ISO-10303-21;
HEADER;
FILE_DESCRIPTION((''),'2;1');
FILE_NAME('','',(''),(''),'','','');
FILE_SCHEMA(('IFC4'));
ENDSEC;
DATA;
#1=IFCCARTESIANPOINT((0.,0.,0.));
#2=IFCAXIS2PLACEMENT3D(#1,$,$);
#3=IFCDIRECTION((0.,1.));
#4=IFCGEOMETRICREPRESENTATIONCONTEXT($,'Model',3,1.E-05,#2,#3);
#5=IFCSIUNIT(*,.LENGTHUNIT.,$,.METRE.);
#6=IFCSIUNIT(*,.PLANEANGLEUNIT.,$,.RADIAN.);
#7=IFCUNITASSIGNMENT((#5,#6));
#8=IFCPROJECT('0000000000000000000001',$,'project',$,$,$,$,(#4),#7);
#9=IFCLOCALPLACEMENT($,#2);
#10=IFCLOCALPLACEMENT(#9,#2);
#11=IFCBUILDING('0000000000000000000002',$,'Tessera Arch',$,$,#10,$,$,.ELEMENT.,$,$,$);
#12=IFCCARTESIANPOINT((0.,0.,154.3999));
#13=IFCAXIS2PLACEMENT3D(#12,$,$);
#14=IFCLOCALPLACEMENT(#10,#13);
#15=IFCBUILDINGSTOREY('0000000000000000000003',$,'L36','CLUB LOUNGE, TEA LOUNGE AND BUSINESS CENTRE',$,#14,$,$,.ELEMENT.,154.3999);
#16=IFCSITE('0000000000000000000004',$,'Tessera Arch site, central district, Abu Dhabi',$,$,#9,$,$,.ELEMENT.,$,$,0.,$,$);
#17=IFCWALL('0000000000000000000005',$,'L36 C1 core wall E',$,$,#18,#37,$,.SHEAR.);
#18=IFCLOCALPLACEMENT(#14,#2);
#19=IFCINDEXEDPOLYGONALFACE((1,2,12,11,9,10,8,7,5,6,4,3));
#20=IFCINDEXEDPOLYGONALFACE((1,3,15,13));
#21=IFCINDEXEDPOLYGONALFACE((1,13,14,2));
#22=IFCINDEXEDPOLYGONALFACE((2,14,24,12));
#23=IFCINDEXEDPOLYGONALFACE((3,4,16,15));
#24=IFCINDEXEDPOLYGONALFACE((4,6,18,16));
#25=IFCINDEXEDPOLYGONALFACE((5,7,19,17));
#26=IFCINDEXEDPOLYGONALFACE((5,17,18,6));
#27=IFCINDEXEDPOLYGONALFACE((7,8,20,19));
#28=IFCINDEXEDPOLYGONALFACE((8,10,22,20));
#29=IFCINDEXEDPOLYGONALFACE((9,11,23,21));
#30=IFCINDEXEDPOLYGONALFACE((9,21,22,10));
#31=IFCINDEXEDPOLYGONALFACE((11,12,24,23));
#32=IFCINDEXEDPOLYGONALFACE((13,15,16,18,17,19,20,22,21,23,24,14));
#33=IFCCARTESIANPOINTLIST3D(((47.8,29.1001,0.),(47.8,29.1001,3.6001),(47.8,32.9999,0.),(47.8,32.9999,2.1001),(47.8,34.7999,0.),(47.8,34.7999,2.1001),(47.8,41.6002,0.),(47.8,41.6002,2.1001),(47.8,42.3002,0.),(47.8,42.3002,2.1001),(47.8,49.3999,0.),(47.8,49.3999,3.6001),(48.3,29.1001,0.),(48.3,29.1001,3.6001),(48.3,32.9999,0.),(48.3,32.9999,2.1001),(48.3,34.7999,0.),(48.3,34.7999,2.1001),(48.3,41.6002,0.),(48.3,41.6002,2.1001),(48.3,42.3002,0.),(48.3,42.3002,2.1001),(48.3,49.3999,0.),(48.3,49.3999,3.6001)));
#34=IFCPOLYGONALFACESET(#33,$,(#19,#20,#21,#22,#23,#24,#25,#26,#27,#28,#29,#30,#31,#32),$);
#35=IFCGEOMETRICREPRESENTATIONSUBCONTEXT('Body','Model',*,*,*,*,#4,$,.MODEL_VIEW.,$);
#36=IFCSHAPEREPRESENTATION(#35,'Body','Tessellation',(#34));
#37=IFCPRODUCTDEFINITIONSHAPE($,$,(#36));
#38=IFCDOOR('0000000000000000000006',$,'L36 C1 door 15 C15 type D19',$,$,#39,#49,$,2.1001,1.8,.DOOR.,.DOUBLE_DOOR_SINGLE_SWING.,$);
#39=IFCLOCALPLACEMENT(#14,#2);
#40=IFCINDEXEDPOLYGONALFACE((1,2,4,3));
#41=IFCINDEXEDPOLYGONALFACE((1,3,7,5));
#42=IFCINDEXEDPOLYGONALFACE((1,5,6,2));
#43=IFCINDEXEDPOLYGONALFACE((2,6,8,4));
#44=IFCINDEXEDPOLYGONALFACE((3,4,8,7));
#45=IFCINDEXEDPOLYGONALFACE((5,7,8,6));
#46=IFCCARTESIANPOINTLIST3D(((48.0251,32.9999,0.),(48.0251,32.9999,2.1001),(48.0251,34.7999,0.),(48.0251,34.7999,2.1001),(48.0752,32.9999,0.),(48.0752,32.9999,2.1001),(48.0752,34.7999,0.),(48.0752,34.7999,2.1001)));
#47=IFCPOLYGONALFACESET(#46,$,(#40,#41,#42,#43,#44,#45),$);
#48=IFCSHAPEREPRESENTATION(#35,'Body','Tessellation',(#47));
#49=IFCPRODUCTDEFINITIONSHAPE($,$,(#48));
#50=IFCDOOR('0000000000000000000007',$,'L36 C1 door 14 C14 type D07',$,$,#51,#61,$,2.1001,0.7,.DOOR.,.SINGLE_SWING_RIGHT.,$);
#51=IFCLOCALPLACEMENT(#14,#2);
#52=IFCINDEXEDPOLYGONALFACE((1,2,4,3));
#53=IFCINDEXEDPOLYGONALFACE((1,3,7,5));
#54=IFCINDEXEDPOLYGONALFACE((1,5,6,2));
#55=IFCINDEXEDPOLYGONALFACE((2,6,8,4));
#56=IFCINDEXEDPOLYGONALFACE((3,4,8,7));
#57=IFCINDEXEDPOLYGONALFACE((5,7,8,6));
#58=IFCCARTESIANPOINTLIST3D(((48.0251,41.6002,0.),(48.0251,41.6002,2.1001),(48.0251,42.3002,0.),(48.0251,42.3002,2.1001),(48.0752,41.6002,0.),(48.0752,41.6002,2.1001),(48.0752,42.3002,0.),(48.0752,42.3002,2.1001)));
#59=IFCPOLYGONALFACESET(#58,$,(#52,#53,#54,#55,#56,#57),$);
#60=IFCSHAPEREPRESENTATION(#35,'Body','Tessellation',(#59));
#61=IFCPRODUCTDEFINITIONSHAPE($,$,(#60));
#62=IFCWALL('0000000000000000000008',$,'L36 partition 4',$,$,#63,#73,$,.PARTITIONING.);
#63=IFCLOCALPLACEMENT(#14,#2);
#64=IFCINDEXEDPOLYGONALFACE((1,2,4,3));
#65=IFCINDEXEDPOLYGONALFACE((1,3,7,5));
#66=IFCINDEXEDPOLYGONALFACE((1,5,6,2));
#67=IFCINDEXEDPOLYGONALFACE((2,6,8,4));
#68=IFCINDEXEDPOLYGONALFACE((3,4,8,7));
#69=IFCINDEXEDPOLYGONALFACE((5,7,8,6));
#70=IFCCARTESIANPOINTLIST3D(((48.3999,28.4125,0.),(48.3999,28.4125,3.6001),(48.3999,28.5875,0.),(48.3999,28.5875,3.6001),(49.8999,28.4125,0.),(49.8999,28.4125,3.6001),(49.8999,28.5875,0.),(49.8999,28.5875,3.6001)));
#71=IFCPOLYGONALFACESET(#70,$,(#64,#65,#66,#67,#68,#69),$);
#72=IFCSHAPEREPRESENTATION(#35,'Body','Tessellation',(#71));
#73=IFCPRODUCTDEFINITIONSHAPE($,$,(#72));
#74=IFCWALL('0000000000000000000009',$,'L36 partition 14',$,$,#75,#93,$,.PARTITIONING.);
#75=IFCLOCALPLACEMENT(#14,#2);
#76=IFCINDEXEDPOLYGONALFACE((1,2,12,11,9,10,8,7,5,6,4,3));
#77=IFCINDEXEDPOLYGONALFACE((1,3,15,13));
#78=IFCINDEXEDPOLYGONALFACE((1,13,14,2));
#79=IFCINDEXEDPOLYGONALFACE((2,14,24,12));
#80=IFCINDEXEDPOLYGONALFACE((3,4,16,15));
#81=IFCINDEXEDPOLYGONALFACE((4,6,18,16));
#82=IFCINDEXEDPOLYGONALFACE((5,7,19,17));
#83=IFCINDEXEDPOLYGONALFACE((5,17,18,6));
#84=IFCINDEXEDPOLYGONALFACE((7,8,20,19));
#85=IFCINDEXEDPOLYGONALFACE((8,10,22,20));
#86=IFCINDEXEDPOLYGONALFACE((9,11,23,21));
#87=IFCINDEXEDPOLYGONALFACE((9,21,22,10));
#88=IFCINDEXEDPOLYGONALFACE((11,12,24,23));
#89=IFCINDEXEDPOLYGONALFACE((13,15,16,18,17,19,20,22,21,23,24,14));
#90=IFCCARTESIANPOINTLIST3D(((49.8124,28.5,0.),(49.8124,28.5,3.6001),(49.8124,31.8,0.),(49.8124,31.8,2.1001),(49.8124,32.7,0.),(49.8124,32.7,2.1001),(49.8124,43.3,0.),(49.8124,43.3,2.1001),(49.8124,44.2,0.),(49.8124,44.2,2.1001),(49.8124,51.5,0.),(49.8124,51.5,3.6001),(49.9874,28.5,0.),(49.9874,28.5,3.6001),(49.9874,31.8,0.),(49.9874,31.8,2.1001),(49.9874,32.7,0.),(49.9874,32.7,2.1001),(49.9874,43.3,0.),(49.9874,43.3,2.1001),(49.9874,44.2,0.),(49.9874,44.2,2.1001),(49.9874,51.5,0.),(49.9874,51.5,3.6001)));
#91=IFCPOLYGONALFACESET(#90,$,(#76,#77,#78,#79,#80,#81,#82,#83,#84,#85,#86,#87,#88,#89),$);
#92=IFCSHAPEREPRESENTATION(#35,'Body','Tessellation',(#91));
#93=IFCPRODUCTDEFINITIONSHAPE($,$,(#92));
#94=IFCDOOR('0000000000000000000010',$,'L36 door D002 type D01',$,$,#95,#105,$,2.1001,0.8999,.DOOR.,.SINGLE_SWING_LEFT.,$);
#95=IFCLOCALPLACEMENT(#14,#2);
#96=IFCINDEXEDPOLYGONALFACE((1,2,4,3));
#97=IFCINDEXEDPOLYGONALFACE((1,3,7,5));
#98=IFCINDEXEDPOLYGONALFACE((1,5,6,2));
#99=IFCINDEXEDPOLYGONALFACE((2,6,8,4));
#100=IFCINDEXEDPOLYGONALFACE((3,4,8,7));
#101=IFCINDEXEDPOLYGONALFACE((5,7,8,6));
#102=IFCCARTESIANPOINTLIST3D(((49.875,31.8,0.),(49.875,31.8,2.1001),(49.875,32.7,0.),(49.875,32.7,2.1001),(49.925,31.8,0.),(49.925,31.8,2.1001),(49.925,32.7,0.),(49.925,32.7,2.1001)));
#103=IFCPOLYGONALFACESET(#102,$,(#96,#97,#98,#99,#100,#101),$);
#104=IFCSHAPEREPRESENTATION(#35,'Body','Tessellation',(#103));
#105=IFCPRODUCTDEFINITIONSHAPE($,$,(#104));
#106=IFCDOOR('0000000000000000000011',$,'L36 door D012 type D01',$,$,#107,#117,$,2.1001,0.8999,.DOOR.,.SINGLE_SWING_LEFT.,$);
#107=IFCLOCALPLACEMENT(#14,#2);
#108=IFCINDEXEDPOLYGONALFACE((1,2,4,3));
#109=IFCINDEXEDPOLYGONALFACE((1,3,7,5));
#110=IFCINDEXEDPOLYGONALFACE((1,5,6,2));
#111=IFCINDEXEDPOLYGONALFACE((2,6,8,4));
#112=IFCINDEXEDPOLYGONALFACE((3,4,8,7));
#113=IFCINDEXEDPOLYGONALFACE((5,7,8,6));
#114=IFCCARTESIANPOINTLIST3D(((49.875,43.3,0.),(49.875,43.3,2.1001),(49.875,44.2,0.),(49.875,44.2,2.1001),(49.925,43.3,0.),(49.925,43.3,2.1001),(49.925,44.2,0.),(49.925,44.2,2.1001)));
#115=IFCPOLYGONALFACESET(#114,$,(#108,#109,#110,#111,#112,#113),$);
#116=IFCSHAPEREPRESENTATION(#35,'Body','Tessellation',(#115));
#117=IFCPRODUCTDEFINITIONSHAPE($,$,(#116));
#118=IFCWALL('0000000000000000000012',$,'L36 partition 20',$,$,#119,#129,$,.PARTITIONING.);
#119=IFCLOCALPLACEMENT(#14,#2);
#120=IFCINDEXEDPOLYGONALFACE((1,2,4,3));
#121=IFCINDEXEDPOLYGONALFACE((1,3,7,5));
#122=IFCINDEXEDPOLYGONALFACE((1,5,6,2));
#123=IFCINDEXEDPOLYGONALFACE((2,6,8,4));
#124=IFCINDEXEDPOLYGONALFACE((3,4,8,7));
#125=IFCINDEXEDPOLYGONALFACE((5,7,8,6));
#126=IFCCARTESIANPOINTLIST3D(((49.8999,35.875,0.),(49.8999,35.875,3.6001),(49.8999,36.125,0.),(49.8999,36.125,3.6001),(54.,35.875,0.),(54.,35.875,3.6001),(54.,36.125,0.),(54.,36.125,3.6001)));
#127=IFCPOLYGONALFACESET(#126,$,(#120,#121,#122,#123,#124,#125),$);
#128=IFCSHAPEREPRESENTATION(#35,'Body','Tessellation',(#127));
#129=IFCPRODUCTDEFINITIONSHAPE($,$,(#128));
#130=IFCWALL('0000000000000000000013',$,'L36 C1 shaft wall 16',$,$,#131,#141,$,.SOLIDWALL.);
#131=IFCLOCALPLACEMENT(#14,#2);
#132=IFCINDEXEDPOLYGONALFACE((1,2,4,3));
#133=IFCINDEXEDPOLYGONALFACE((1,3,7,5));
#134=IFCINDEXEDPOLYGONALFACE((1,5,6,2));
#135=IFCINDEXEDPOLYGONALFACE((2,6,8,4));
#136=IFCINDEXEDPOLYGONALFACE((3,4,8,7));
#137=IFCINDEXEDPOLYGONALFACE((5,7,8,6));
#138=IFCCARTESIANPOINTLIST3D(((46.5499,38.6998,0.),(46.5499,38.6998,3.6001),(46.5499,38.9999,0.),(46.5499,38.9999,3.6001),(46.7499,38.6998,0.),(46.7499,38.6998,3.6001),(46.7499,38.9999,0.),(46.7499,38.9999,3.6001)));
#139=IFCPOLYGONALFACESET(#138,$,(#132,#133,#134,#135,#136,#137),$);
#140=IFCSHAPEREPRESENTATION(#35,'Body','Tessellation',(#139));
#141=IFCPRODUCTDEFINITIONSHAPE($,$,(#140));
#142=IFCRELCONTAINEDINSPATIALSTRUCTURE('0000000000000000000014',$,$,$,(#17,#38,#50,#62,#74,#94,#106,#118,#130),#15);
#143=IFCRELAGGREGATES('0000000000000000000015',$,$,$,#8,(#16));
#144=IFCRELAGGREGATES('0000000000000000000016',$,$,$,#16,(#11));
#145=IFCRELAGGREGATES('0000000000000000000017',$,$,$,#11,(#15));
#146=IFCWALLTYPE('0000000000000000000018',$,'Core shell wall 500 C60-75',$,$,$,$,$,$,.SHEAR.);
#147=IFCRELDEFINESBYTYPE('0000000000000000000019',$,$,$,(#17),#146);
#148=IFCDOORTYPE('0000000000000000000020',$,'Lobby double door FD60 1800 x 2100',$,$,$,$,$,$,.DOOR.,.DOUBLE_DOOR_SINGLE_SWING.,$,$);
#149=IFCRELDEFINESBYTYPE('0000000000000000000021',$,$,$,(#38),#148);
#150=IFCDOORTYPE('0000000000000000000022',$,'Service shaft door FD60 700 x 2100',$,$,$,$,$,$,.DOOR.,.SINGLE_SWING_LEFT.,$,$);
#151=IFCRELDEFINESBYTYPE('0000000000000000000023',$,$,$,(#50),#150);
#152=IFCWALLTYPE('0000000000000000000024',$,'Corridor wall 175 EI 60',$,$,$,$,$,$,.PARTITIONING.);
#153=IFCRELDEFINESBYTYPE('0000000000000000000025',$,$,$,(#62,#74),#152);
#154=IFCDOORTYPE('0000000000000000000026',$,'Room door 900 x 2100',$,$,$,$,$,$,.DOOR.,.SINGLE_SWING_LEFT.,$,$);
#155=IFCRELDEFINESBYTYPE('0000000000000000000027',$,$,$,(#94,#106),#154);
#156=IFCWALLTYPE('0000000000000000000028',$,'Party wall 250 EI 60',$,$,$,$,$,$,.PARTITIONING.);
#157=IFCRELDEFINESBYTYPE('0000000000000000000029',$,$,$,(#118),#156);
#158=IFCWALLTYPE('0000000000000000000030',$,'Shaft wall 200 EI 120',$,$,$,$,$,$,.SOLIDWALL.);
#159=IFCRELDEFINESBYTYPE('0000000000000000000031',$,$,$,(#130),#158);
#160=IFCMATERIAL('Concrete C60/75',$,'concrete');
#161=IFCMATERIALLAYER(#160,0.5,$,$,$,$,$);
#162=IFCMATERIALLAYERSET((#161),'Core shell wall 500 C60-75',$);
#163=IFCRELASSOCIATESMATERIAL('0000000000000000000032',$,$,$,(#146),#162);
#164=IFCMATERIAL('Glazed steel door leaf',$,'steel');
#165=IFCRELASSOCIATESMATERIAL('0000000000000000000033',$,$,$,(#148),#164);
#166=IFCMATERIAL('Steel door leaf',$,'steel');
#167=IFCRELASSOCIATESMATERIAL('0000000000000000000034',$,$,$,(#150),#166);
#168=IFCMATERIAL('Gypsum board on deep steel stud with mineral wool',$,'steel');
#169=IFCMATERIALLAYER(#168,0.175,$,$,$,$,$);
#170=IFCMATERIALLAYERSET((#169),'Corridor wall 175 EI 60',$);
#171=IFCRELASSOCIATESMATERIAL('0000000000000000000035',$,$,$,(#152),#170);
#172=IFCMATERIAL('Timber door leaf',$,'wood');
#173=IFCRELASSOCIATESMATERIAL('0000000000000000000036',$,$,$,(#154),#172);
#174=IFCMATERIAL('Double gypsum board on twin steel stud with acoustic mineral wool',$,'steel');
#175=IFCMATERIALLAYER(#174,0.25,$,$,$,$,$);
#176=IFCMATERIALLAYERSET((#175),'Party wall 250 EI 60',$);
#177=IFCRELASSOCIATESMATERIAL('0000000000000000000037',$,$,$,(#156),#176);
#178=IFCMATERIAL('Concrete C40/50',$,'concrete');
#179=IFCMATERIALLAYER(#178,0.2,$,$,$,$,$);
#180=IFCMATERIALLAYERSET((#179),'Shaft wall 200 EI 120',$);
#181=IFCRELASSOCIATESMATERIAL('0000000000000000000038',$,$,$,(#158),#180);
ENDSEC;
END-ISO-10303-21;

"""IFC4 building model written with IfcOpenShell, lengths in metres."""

from ifc_helpers import new_model, si_unit, direction, frame, frame_2d, origin, place, context, subcontext, project, spatial, rectangle, extrude, material, layer, layer_set, type_object, element, fill, save


model = new_model("IFC4")

# Units and contexts
model_context = context("Model", 3, precision=1e-05, world=origin(), true_north=direction((0.0, 1.0)))
body_context = subcontext(model_context, "Body", "Model", "MODEL_VIEW")
ifc_project = project(units=[si_unit("LENGTHUNIT", "METRE"), si_unit("PLANEANGLEUNIT", "RADIAN")], contexts=[model_context])

# Site, building, storey
site_placement = place(None, origin())
site = spatial("IfcSite", under=ifc_project, at=site_placement, Name="Tessera Arch site, central district, Abu Dhabi", CompositionType="ELEMENT", RefElevation=0.0)
building_placement = place(site_placement, origin())
building = spatial("IfcBuilding", under=site, at=building_placement, Name="Tessera Arch", CompositionType="ELEMENT")
storey_placement = place(building_placement, frame((0.0, 0.0, 154.3999)))
storey = spatial("IfcBuildingStorey", under=building, at=storey_placement, Name="L36", Description="CLUB LOUNGE, TEA LOUNGE AND BUSINESS CENTRE", CompositionType="ELEMENT", Elevation=154.3999)

# Wall, openings, doors
ifc_material_1 = material(Name="Concrete C60/75", Category="concrete")
ifc_layer_1 = layer(ifc_material_1, 0.5)
ifc_layer_set_1 = layer_set([ifc_layer_1], Name="Core shell wall 500 C60-75")
wall_type_1 = type_object("IfcWallType", Name="Core shell wall 500 C60-75", PredefinedType="SHEAR", material=ifc_layer_set_1)
wall_1_placement = place(storey_placement, frame((48.05, 29.1001, 0.0), z_axis=(0.0, 0.0, 1.0), x_axis=(0.0, 1.0, 0.0)))
wall_1 = element("IfcWall", 1, at=wall_1_placement, inside=storey, type_object=wall_type_1, Name="L36 C1 core wall E", PredefinedType="SHEAR", context=body_context, shape_type="SweptSolid", body=[
    extrude(rectangle(XDim=20.2998, YDim=0.5, at=frame_2d((10.1499, 0.0))), origin(), (0.0, 0.0, 1.0), 3.6001),
])
opening_1_placement = place(wall_1_placement, frame((12.5, 0.0, 0.0)))
opening_1 = element("IfcOpeningElement", 2, at=opening_1_placement, cuts=wall_1, PredefinedType="OPENING", context=body_context, shape_type="SweptSolid", body=[
    extrude(rectangle(XDim=0.7, YDim=2.1001, at=frame_2d((0.3501, 1.05))), frame((0.0, 0.26, 0.0), z_axis=(0.0, -1.0, 0.0), x_axis=(1.0, 0.0, 0.0)), (0.0, 0.0, 1.0), 0.52),
])
opening_2_placement = place(wall_1_placement, frame((3.8999, 0.0, 0.0)))
opening_2 = element("IfcOpeningElement", 3, at=opening_2_placement, cuts=wall_1, PredefinedType="OPENING", context=body_context, shape_type="SweptSolid", body=[
    extrude(rectangle(XDim=1.8, YDim=2.1001, at=frame_2d((0.8999, 1.05))), frame((0.0, 0.26, 0.0), z_axis=(0.0, -1.0, 0.0), x_axis=(1.0, 0.0, 0.0)), (0.0, 0.0, 1.0), 0.52),
])
ifc_material_2 = material(Name="Glazed steel door leaf", Category="steel")
door_type_1 = type_object("IfcDoorType", Name="Lobby double door FD60 1800 x 2100", OperationType="DOUBLE_DOOR_SINGLE_SWING", PredefinedType="DOOR", material=ifc_material_2)
door_1_placement = place(opening_2_placement, origin())
door_1 = element("IfcDoor", 4, at=door_1_placement, inside=storey, type_object=door_type_1, Name="L36 C1 door 15 C15 type D19", OperationType="DOUBLE_DOOR_SINGLE_SWING", OverallHeight=2.1001, OverallWidth=1.8, PredefinedType="DOOR", context=body_context, shape_type="SweptSolid", body=[
    extrude(rectangle(XDim=1.8, YDim=2.1001, at=frame_2d((0.8999, 1.05))), frame((0.0, 0.0249, 0.0), z_axis=(0.0, -1.0, 0.0), x_axis=(1.0, 0.0, 0.0)), (0.0, 0.0, 1.0), 0.05),
])
fill(opening_2, door_1)
ifc_material_3 = material(Name="Steel door leaf", Category="steel")
door_type_2 = type_object("IfcDoorType", Name="Service shaft door FD60 700 x 2100", OperationType="SINGLE_SWING_LEFT", PredefinedType="DOOR", material=ifc_material_3)
door_2_placement = place(opening_1_placement, origin())
door_2 = element("IfcDoor", 5, at=door_2_placement, inside=storey, type_object=door_type_2, Name="L36 C1 door 14 C14 type D07", OperationType="SINGLE_SWING_RIGHT", OverallHeight=2.1001, OverallWidth=0.7, PredefinedType="DOOR", context=body_context, shape_type="SweptSolid", body=[
    extrude(rectangle(XDim=0.7, YDim=2.1001, at=frame_2d((0.3501, 1.05))), frame((0.0, 0.0249, 0.0), z_axis=(0.0, -1.0, 0.0), x_axis=(1.0, 0.0, 0.0)), (0.0, 0.0, 1.0), 0.05),
])
fill(opening_1, door_2)

# Wall
ifc_material_4 = material(Name="Gypsum board on deep steel stud with mineral wool", Category="steel")
ifc_layer_2 = layer(ifc_material_4, 0.175)
ifc_layer_set_2 = layer_set([ifc_layer_2], Name="Corridor wall 175 EI 60")
wall_type_2 = type_object("IfcWallType", Name="Corridor wall 175 EI 60", PredefinedType="PARTITIONING", material=ifc_layer_set_2)
wall_2_placement = place(storey_placement, frame((48.3999, 28.5, 0.0), z_axis=(0.0, 0.0, 1.0), x_axis=(1.0, 0.0, 0.0)))
element("IfcWall", 6, at=wall_2_placement, inside=storey, type_object=wall_type_2, Name="L36 partition 4", PredefinedType="PARTITIONING", context=body_context, shape_type="SweptSolid", body=[
    extrude(rectangle(XDim=1.5, YDim=0.175, at=frame_2d((0.75, 0.0))), origin(), (0.0, 0.0, 1.0), 3.6001),
])

# Wall, openings, doors
wall_3_placement = place(storey_placement, frame((49.8999, 28.5, 0.0), z_axis=(0.0, 0.0, 1.0), x_axis=(0.0, 1.0, 0.0)))
wall_3 = element("IfcWall", 7, at=wall_3_placement, inside=storey, type_object=wall_type_2, Name="L36 partition 14", PredefinedType="PARTITIONING", context=body_context, shape_type="SweptSolid", body=[
    extrude(rectangle(XDim=23.0, YDim=0.175, at=frame_2d((11.5, 0.0))), origin(), (0.0, 0.0, 1.0), 3.6001),
])
opening_3_placement = place(wall_3_placement, frame((3.3, 0.0, 0.0)))
opening_3 = element("IfcOpeningElement", 8, at=opening_3_placement, cuts=wall_3, PredefinedType="OPENING", context=body_context, shape_type="SweptSolid", body=[
    extrude(rectangle(XDim=0.8999, YDim=2.1001, at=frame_2d((0.45, 1.05))), frame((0.0, 0.0974, 0.0), z_axis=(0.0, -1.0, 0.0), x_axis=(1.0, 0.0, 0.0)), (0.0, 0.0, 1.0), 0.1951),
])
opening_4_placement = place(wall_3_placement, frame((14.8, 0.0, 0.0)))
opening_4 = element("IfcOpeningElement", 9, at=opening_4_placement, cuts=wall_3, PredefinedType="OPENING", context=body_context, shape_type="SweptSolid", body=[
    extrude(rectangle(XDim=0.8999, YDim=2.1001, at=frame_2d((0.45, 1.05))), frame((0.0, 0.0974, 0.0), z_axis=(0.0, -1.0, 0.0), x_axis=(1.0, 0.0, 0.0)), (0.0, 0.0, 1.0), 0.1951),
])
ifc_material_5 = material(Name="Timber door leaf", Category="wood")
door_type_3 = type_object("IfcDoorType", Name="Room door 900 x 2100", OperationType="SINGLE_SWING_LEFT", PredefinedType="DOOR", material=ifc_material_5)
door_3_placement = place(opening_3_placement, origin())
door_3 = element("IfcDoor", 10, at=door_3_placement, inside=storey, type_object=door_type_3, Name="L36 door D002 type D01", OperationType="SINGLE_SWING_LEFT", OverallHeight=2.1001, OverallWidth=0.8999, PredefinedType="DOOR", context=body_context, shape_type="SweptSolid", body=[
    extrude(rectangle(XDim=0.8999, YDim=2.1001, at=frame_2d((0.45, 1.05))), frame((0.0, 0.0249, 0.0), z_axis=(0.0, -1.0, 0.0), x_axis=(1.0, 0.0, 0.0)), (0.0, 0.0, 1.0), 0.05),
])
fill(opening_3, door_3)
door_4_placement = place(opening_4_placement, origin())
door_4 = element("IfcDoor", 11, at=door_4_placement, inside=storey, type_object=door_type_3, Name="L36 door D012 type D01", OperationType="SINGLE_SWING_LEFT", OverallHeight=2.1001, OverallWidth=0.8999, PredefinedType="DOOR", context=body_context, shape_type="SweptSolid", body=[
    extrude(rectangle(XDim=0.8999, YDim=2.1001, at=frame_2d((0.45, 1.05))), frame((0.0, 0.0249, 0.0), z_axis=(0.0, -1.0, 0.0), x_axis=(1.0, 0.0, 0.0)), (0.0, 0.0, 1.0), 0.05),
])
fill(opening_4, door_4)

# Walls
ifc_material_6 = material(Name="Double gypsum board on twin steel stud with acoustic mineral wool", Category="steel")
ifc_layer_3 = layer(ifc_material_6, 0.25)
ifc_layer_set_3 = layer_set([ifc_layer_3], Name="Party wall 250 EI 60")
wall_type_3 = type_object("IfcWallType", Name="Party wall 250 EI 60", PredefinedType="PARTITIONING", material=ifc_layer_set_3)
wall_4_placement = place(storey_placement, frame((49.8999, 36.0, 0.0), z_axis=(0.0, 0.0, 1.0), x_axis=(1.0, 0.0, 0.0)))
element("IfcWall", 12, at=wall_4_placement, inside=storey, type_object=wall_type_3, Name="L36 partition 20", PredefinedType="PARTITIONING", context=body_context, shape_type="SweptSolid", body=[
    extrude(rectangle(XDim=4.1001, YDim=0.25, at=frame_2d((2.05, 0.0))), origin(), (0.0, 0.0, 1.0), 3.6001),
])
ifc_material_7 = material(Name="Concrete C40/50", Category="concrete")
ifc_layer_4 = layer(ifc_material_7, 0.2)
ifc_layer_set_4 = layer_set([ifc_layer_4], Name="Shaft wall 200 EI 120")
wall_type_4 = type_object("IfcWallType", Name="Shaft wall 200 EI 120", PredefinedType="SOLIDWALL", material=ifc_layer_set_4)
wall_5_placement = place(storey_placement, frame((46.6499, 38.7, 0.0), z_axis=(0.0, 0.0, 1.0), x_axis=(0.0, 1.0, 0.0)))
element("IfcWall", 13, at=wall_5_placement, inside=storey, type_object=wall_type_4, Name="L36 C1 shaft wall 16", PredefinedType="SOLIDWALL", context=body_context, shape_type="SweptSolid", body=[
    extrude(rectangle(XDim=0.3, YDim=0.2, at=frame_2d((0.1499, 0.0))), origin(), (0.0, 0.0, 1.0), 3.6001),
])

save(model, "model.ifc")
